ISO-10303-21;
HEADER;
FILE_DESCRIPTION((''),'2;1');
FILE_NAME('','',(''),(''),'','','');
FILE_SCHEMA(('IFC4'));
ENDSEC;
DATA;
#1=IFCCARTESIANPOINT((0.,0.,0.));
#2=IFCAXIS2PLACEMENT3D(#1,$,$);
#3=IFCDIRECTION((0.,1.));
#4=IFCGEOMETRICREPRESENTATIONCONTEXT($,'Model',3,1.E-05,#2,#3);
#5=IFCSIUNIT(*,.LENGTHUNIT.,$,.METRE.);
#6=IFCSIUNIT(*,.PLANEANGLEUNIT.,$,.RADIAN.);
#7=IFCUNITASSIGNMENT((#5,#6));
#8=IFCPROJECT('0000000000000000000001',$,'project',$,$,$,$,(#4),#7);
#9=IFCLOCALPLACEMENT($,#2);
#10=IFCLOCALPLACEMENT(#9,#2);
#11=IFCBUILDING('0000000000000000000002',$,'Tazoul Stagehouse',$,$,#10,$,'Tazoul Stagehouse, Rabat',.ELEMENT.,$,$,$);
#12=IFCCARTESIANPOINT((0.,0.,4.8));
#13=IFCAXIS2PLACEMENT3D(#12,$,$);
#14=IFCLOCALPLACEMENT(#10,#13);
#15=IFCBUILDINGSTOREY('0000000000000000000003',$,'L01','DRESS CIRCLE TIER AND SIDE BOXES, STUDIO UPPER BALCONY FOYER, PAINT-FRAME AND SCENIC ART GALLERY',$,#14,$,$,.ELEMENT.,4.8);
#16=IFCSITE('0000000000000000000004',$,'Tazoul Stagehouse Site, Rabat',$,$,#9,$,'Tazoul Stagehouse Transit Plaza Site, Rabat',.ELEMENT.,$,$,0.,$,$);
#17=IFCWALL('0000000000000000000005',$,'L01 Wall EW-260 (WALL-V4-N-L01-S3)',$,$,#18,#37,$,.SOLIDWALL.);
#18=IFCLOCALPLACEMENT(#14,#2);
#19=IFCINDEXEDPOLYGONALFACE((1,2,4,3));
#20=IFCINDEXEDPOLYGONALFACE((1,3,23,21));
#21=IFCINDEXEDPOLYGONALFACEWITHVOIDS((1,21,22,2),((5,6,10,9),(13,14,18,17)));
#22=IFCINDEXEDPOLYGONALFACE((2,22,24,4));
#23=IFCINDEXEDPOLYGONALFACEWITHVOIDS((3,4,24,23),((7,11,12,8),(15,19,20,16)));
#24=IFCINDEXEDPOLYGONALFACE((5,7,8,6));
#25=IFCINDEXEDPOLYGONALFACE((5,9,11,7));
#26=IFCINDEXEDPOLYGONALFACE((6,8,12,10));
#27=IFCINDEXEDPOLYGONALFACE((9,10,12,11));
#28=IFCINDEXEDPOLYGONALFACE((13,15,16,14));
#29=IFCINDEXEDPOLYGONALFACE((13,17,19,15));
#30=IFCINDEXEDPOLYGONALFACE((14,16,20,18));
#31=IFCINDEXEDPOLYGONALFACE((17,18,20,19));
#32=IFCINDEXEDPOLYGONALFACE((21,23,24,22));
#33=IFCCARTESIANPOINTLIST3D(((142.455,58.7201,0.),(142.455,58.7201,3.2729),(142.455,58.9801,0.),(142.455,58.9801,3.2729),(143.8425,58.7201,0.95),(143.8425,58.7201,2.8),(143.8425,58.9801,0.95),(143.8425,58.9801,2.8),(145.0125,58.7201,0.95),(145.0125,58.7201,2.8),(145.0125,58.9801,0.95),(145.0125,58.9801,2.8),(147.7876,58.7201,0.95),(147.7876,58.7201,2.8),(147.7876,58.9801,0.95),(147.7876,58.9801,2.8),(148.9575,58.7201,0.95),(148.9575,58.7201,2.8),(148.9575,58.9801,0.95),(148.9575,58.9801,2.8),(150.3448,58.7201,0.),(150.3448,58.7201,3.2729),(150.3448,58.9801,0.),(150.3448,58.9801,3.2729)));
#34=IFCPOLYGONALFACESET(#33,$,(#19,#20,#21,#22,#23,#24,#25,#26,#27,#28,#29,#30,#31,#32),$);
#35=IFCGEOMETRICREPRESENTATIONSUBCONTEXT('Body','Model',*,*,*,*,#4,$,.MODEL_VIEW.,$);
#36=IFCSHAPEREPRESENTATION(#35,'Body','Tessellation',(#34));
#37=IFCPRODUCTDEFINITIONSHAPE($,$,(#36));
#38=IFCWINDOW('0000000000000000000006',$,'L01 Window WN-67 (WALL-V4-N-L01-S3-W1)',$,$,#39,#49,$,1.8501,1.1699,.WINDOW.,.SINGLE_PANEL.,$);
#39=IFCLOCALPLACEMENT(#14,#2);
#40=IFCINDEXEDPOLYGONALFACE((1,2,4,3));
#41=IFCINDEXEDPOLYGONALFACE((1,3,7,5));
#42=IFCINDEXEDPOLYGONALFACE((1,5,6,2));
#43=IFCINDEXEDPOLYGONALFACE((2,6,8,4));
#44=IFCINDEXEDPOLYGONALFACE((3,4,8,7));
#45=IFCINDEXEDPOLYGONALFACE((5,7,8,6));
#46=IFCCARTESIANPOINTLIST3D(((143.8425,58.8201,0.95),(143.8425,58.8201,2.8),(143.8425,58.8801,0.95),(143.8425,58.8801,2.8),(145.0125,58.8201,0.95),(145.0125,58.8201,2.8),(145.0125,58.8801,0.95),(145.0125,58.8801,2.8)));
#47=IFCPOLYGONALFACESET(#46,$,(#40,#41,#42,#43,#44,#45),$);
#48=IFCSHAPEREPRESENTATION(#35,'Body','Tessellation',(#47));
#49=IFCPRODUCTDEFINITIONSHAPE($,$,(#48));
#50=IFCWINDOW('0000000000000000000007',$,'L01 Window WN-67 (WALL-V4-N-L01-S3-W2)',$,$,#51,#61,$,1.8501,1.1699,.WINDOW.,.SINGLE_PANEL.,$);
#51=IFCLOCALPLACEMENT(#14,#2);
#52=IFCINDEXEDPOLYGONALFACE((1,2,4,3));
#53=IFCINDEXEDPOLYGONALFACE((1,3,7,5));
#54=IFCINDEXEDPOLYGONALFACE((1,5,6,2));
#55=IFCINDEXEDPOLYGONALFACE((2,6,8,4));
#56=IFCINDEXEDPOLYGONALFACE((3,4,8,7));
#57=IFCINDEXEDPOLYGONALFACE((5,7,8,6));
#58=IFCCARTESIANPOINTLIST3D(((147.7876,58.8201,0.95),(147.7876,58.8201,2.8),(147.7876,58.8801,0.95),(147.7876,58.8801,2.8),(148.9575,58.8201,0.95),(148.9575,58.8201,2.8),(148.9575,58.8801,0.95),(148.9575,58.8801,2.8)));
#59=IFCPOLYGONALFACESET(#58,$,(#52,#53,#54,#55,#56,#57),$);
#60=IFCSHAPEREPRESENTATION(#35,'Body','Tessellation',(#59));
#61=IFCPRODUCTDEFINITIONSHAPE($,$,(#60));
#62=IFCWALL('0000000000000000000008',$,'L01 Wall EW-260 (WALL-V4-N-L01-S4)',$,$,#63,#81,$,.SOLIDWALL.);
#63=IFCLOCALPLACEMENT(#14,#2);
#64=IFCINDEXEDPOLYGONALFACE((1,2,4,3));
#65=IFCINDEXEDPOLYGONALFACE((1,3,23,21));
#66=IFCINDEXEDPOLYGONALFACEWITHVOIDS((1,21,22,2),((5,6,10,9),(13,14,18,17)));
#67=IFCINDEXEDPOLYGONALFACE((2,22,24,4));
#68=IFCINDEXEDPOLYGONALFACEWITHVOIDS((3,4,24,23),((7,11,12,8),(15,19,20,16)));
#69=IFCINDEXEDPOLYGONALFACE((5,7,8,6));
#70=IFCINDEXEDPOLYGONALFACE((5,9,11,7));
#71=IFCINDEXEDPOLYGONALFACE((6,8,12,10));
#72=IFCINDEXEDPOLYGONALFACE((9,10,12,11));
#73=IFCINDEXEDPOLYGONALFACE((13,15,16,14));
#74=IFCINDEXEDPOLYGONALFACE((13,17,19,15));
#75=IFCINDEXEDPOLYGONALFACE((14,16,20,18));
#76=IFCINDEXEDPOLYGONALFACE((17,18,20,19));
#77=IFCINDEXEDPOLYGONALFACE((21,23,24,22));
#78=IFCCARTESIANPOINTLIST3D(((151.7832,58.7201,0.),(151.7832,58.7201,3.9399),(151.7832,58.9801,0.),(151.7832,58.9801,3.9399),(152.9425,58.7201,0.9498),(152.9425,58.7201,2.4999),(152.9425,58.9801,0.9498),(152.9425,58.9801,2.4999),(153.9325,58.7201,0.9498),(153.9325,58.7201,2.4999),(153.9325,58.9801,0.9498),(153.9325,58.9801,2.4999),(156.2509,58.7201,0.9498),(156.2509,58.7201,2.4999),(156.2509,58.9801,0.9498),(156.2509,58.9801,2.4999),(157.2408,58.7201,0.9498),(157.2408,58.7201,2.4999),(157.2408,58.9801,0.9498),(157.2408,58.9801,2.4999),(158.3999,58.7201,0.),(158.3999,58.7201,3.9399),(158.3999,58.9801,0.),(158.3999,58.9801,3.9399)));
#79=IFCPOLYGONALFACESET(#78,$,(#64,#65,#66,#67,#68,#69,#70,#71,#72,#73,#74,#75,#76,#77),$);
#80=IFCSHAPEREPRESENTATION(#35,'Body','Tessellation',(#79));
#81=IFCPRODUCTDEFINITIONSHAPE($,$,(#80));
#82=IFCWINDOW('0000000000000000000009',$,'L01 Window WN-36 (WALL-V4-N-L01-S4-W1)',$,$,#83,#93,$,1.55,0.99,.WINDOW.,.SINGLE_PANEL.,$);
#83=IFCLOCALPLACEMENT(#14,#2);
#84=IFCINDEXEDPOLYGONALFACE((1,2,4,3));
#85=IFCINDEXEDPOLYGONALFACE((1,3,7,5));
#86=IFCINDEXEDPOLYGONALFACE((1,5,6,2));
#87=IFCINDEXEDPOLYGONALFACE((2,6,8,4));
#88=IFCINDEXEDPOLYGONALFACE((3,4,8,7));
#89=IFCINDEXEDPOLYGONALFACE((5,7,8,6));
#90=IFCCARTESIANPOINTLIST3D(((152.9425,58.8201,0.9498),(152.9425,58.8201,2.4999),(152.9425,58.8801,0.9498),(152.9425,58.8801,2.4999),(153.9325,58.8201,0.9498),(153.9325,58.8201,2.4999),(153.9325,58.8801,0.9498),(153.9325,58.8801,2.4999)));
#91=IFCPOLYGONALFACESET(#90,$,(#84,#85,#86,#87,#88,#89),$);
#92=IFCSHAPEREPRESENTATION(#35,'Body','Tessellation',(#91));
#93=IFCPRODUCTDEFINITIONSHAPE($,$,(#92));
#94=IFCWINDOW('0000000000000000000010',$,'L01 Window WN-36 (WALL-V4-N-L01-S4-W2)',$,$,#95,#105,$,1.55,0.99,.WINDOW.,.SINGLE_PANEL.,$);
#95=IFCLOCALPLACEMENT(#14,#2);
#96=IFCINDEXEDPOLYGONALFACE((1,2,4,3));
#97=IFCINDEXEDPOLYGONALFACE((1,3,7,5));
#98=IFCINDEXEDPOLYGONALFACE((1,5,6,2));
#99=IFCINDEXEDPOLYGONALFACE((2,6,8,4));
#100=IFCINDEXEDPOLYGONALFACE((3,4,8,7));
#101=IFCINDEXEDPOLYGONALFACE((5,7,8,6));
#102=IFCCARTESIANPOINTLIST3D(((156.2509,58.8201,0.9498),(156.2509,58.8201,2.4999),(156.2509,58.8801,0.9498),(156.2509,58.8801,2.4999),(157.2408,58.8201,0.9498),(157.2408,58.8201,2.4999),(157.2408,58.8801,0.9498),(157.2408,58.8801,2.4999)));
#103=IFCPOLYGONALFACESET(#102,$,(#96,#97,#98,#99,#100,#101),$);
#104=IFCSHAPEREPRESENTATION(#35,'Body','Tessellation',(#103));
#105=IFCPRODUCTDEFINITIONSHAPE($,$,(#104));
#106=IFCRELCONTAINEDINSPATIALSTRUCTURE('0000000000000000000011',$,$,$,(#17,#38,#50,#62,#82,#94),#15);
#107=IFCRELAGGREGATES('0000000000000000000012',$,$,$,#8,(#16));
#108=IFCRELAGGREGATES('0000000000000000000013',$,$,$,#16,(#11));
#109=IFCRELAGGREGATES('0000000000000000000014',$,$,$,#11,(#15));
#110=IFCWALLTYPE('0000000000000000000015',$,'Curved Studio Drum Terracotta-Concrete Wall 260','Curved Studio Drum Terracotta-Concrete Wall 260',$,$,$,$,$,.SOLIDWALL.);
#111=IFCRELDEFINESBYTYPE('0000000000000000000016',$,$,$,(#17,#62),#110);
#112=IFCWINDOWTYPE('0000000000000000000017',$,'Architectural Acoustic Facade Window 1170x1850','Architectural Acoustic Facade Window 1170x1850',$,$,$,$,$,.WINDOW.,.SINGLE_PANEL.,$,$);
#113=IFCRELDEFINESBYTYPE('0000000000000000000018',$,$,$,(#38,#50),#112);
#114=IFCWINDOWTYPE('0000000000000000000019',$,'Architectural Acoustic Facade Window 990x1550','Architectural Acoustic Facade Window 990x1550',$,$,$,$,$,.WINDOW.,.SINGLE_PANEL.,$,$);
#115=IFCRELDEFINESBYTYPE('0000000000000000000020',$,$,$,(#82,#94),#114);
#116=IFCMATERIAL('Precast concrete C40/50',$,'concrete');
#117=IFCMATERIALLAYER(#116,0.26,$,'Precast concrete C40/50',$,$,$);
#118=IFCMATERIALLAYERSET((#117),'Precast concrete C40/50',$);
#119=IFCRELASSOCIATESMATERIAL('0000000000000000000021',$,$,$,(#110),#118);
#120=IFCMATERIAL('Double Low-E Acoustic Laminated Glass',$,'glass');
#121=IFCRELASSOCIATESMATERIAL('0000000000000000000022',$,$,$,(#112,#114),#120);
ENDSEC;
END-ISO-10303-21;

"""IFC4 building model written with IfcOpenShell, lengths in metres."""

from ifc_helpers import new_model, si_unit, direction, frame, frame_2d, origin, place, context, subcontext, project, spatial, rectangle, extrude, material, layer, layer_set, type_object, element, fill, save


model = new_model("IFC4")

# Units and contexts
model_context = context("Model", 3, precision=1e-05, world=origin(), true_north=direction((0.0, 1.0)))
body_context = subcontext(model_context, "Body", "Model", "MODEL_VIEW")
ifc_project = project(units=[si_unit("LENGTHUNIT", "METRE"), si_unit("PLANEANGLEUNIT", "RADIAN")], contexts=[model_context])

# Site, building, storey
site_placement = place(None, origin())
site = spatial("IfcSite", under=ifc_project, at=site_placement, Name="Tazoul Stagehouse Site, Rabat", LongName="Tazoul Stagehouse Transit Plaza Site, Rabat", CompositionType="ELEMENT", RefElevation=0.0)
building_placement = place(site_placement, origin())
building = spatial("IfcBuilding", under=site, at=building_placement, Name="Tazoul Stagehouse", LongName="Tazoul Stagehouse, Rabat", CompositionType="ELEMENT")
storey_placement = place(building_placement, frame((0.0, 0.0, 4.8)))
storey = spatial("IfcBuildingStorey", under=building, at=storey_placement, Name="L01", Description="DRESS CIRCLE TIER AND SIDE BOXES, STUDIO UPPER BALCONY FOYER, PAINT-FRAME AND SCENIC ART GALLERY", CompositionType="ELEMENT", Elevation=4.8)

# Walls, openings, windows
ifc_material_1 = material(Name="Precast concrete C40/50", Category="concrete")
ifc_layer_1 = layer(ifc_material_1, 0.26, Name="Precast concrete C40/50")
ifc_layer_set_1 = layer_set([ifc_layer_1], Name="Precast concrete C40/50")
wall_type = type_object("IfcWallType", Name="Curved Studio Drum Terracotta-Concrete Wall 260", Description="Curved Studio Drum Terracotta-Concrete Wall 260", PredefinedType="SOLIDWALL", material=ifc_layer_set_1)
ifc_material_2 = material(Name="Double Low-E Acoustic Laminated Glass", Category="glass")
wall_1_placement = place(storey_placement, frame((142.4551, 58.8501, 0.0), z_axis=(0.0, 0.0, 1.0), x_axis=(1.0, 0.0, 0.0)))
wall_1 = element("IfcWall", 1, at=wall_1_placement, inside=storey, type_object=wall_type, Name="L01 Wall EW-260 (WALL-V4-N-L01-S3)", PredefinedType="SOLIDWALL", context=body_context, shape_type="SweptSolid", body=[
    extrude(rectangle(XDim=7.8899, YDim=0.26, at=frame_2d((3.9448, 0.0))), origin(), (0.0, 0.0, 1.0), 3.2729),
])
opening_1_placement = place(wall_1_placement, frame((1.3875, 0.0, 0.95)))
opening_1 = element("IfcOpeningElement", 2, at=opening_1_placement, cuts=wall_1, PredefinedType="OPENING", context=body_context, shape_type="SweptSolid", body=[
    extrude(rectangle(XDim=1.1699, YDim=1.8501, at=frame_2d((0.585, 0.925))), frame((0.0, 0.1499, 0.0), z_axis=(0.0, -1.0, 0.0), x_axis=(1.0, 0.0, 0.0)), (0.0, 0.0, 1.0), 0.3),
])
opening_2_placement = place(wall_1_placement, frame((5.3325, 0.0, 0.95)))
opening_2 = element("IfcOpeningElement", 3, at=opening_2_placement, cuts=wall_1, PredefinedType="OPENING", context=body_context, shape_type="SweptSolid", body=[
    extrude(rectangle(XDim=1.1699, YDim=1.8501, at=frame_2d((0.585, 0.925))), frame((0.0, 0.1499, 0.0), z_axis=(0.0, -1.0, 0.0), x_axis=(1.0, 0.0, 0.0)), (0.0, 0.0, 1.0), 0.3),
])
window_type_1 = type_object("IfcWindowType", Name="Architectural Acoustic Facade Window 1170x1850", Description="Architectural Acoustic Facade Window 1170x1850", PartitioningType="SINGLE_PANEL", PredefinedType="WINDOW", material=ifc_material_2)
window_1_placement = place(opening_1_placement, origin())
window_1 = element("IfcWindow", 4, at=window_1_placement, inside=storey, type_object=window_type_1, Name="L01 Window WN-67 (WALL-V4-N-L01-S3-W1)", OverallHeight=1.8501, OverallWidth=1.1699, PartitioningType="SINGLE_PANEL", PredefinedType="WINDOW", context=body_context, shape_type="SweptSolid", body=[
    extrude(rectangle(XDim=1.1699, YDim=1.8501, at=frame_2d((0.585, 0.925))), frame((0.0, 0.03, 0.0), z_axis=(0.0, -1.0, 0.0), x_axis=(1.0, 0.0, 0.0)), (0.0, 0.0, 1.0), 0.0601),
])
fill(opening_1, window_1)
window_2_placement = place(opening_2_placement, origin())
window_2 = element("IfcWindow", 5, at=window_2_placement, inside=storey, type_object=window_type_1, Name="L01 Window WN-67 (WALL-V4-N-L01-S3-W2)", OverallHeight=1.8501, OverallWidth=1.1699, PartitioningType="SINGLE_PANEL", PredefinedType="WINDOW", context=body_context, shape_type="SweptSolid", body=[
    extrude(rectangle(XDim=1.1699, YDim=1.8501, at=frame_2d((0.585, 0.925))), frame((0.0, 0.03, 0.0), z_axis=(0.0, -1.0, 0.0), x_axis=(1.0, 0.0, 0.0)), (0.0, 0.0, 1.0), 0.0601),
])
fill(opening_2, window_2)
wall_2_placement = place(storey_placement, frame((151.7832, 58.8501, 0.0), z_axis=(0.0, 0.0, 1.0), x_axis=(1.0, 0.0, 0.0)))
wall_2 = element("IfcWall", 6, at=wall_2_placement, inside=storey, type_object=wall_type, Name="L01 Wall EW-260 (WALL-V4-N-L01-S4)", PredefinedType="SOLIDWALL", context=body_context, shape_type="SweptSolid", body=[
    extrude(rectangle(XDim=6.6167, YDim=0.26, at=frame_2d((3.3083, 0.0))), origin(), (0.0, 0.0, 1.0), 3.9399),
])
opening_3_placement = place(wall_2_placement, frame((1.1592, 0.0, 0.95)))
opening_3 = element("IfcOpeningElement", 7, at=opening_3_placement, cuts=wall_2, PredefinedType="OPENING", context=body_context, shape_type="SweptSolid", body=[
    extrude(rectangle(XDim=0.99, YDim=1.55, at=frame_2d((0.4951, 0.7749))), frame((0.0, 0.1499, 0.0), z_axis=(0.0, -1.0, 0.0), x_axis=(1.0, 0.0, 0.0)), (0.0, 0.0, 1.0), 0.3),
])
opening_4_placement = place(wall_2_placement, frame((4.4675, 0.0, 0.95)))
opening_4 = element("IfcOpeningElement", 8, at=opening_4_placement, cuts=wall_2, PredefinedType="OPENING", context=body_context, shape_type="SweptSolid", body=[
    extrude(rectangle(XDim=0.99, YDim=1.55, at=frame_2d((0.4951, 0.7749))), frame((0.0, 0.1499, 0.0), z_axis=(0.0, -1.0, 0.0), x_axis=(1.0, 0.0, 0.0)), (0.0, 0.0, 1.0), 0.3),
])
window_type_2 = type_object("IfcWindowType", Name="Architectural Acoustic Facade Window 990x1550", Description="Architectural Acoustic Facade Window 990x1550", PartitioningType="SINGLE_PANEL", PredefinedType="WINDOW", material=ifc_material_2)
window_3_placement = place(opening_3_placement, origin())
window_3 = element("IfcWindow", 9, at=window_3_placement, inside=storey, type_object=window_type_2, Name="L01 Window WN-36 (WALL-V4-N-L01-S4-W1)", OverallHeight=1.55, OverallWidth=0.99, PartitioningType="SINGLE_PANEL", PredefinedType="WINDOW", context=body_context, shape_type="SweptSolid", body=[
    extrude(rectangle(XDim=0.99, YDim=1.55, at=frame_2d((0.4951, 0.7749))), frame((0.0, 0.03, 0.0), z_axis=(0.0, -1.0, 0.0), x_axis=(1.0, 0.0, 0.0)), (0.0, 0.0, 1.0), 0.0601),
])
fill(opening_3, window_3)
window_4_placement = place(opening_4_placement, origin())
window_4 = element("IfcWindow", 10, at=window_4_placement, inside=storey, type_object=window_type_2, Name="L01 Window WN-36 (WALL-V4-N-L01-S4-W2)", OverallHeight=1.55, OverallWidth=0.99, PartitioningType="SINGLE_PANEL", PredefinedType="WINDOW", context=body_context, shape_type="SweptSolid", body=[
    extrude(rectangle(XDim=0.99, YDim=1.55, at=frame_2d((0.4951, 0.7749))), frame((0.0, 0.03, 0.0), z_axis=(0.0, -1.0, 0.0), x_axis=(1.0, 0.0, 0.0)), (0.0, 0.0, 1.0), 0.0601),
])
fill(opening_4, window_4)

save(model, "model.ifc")
